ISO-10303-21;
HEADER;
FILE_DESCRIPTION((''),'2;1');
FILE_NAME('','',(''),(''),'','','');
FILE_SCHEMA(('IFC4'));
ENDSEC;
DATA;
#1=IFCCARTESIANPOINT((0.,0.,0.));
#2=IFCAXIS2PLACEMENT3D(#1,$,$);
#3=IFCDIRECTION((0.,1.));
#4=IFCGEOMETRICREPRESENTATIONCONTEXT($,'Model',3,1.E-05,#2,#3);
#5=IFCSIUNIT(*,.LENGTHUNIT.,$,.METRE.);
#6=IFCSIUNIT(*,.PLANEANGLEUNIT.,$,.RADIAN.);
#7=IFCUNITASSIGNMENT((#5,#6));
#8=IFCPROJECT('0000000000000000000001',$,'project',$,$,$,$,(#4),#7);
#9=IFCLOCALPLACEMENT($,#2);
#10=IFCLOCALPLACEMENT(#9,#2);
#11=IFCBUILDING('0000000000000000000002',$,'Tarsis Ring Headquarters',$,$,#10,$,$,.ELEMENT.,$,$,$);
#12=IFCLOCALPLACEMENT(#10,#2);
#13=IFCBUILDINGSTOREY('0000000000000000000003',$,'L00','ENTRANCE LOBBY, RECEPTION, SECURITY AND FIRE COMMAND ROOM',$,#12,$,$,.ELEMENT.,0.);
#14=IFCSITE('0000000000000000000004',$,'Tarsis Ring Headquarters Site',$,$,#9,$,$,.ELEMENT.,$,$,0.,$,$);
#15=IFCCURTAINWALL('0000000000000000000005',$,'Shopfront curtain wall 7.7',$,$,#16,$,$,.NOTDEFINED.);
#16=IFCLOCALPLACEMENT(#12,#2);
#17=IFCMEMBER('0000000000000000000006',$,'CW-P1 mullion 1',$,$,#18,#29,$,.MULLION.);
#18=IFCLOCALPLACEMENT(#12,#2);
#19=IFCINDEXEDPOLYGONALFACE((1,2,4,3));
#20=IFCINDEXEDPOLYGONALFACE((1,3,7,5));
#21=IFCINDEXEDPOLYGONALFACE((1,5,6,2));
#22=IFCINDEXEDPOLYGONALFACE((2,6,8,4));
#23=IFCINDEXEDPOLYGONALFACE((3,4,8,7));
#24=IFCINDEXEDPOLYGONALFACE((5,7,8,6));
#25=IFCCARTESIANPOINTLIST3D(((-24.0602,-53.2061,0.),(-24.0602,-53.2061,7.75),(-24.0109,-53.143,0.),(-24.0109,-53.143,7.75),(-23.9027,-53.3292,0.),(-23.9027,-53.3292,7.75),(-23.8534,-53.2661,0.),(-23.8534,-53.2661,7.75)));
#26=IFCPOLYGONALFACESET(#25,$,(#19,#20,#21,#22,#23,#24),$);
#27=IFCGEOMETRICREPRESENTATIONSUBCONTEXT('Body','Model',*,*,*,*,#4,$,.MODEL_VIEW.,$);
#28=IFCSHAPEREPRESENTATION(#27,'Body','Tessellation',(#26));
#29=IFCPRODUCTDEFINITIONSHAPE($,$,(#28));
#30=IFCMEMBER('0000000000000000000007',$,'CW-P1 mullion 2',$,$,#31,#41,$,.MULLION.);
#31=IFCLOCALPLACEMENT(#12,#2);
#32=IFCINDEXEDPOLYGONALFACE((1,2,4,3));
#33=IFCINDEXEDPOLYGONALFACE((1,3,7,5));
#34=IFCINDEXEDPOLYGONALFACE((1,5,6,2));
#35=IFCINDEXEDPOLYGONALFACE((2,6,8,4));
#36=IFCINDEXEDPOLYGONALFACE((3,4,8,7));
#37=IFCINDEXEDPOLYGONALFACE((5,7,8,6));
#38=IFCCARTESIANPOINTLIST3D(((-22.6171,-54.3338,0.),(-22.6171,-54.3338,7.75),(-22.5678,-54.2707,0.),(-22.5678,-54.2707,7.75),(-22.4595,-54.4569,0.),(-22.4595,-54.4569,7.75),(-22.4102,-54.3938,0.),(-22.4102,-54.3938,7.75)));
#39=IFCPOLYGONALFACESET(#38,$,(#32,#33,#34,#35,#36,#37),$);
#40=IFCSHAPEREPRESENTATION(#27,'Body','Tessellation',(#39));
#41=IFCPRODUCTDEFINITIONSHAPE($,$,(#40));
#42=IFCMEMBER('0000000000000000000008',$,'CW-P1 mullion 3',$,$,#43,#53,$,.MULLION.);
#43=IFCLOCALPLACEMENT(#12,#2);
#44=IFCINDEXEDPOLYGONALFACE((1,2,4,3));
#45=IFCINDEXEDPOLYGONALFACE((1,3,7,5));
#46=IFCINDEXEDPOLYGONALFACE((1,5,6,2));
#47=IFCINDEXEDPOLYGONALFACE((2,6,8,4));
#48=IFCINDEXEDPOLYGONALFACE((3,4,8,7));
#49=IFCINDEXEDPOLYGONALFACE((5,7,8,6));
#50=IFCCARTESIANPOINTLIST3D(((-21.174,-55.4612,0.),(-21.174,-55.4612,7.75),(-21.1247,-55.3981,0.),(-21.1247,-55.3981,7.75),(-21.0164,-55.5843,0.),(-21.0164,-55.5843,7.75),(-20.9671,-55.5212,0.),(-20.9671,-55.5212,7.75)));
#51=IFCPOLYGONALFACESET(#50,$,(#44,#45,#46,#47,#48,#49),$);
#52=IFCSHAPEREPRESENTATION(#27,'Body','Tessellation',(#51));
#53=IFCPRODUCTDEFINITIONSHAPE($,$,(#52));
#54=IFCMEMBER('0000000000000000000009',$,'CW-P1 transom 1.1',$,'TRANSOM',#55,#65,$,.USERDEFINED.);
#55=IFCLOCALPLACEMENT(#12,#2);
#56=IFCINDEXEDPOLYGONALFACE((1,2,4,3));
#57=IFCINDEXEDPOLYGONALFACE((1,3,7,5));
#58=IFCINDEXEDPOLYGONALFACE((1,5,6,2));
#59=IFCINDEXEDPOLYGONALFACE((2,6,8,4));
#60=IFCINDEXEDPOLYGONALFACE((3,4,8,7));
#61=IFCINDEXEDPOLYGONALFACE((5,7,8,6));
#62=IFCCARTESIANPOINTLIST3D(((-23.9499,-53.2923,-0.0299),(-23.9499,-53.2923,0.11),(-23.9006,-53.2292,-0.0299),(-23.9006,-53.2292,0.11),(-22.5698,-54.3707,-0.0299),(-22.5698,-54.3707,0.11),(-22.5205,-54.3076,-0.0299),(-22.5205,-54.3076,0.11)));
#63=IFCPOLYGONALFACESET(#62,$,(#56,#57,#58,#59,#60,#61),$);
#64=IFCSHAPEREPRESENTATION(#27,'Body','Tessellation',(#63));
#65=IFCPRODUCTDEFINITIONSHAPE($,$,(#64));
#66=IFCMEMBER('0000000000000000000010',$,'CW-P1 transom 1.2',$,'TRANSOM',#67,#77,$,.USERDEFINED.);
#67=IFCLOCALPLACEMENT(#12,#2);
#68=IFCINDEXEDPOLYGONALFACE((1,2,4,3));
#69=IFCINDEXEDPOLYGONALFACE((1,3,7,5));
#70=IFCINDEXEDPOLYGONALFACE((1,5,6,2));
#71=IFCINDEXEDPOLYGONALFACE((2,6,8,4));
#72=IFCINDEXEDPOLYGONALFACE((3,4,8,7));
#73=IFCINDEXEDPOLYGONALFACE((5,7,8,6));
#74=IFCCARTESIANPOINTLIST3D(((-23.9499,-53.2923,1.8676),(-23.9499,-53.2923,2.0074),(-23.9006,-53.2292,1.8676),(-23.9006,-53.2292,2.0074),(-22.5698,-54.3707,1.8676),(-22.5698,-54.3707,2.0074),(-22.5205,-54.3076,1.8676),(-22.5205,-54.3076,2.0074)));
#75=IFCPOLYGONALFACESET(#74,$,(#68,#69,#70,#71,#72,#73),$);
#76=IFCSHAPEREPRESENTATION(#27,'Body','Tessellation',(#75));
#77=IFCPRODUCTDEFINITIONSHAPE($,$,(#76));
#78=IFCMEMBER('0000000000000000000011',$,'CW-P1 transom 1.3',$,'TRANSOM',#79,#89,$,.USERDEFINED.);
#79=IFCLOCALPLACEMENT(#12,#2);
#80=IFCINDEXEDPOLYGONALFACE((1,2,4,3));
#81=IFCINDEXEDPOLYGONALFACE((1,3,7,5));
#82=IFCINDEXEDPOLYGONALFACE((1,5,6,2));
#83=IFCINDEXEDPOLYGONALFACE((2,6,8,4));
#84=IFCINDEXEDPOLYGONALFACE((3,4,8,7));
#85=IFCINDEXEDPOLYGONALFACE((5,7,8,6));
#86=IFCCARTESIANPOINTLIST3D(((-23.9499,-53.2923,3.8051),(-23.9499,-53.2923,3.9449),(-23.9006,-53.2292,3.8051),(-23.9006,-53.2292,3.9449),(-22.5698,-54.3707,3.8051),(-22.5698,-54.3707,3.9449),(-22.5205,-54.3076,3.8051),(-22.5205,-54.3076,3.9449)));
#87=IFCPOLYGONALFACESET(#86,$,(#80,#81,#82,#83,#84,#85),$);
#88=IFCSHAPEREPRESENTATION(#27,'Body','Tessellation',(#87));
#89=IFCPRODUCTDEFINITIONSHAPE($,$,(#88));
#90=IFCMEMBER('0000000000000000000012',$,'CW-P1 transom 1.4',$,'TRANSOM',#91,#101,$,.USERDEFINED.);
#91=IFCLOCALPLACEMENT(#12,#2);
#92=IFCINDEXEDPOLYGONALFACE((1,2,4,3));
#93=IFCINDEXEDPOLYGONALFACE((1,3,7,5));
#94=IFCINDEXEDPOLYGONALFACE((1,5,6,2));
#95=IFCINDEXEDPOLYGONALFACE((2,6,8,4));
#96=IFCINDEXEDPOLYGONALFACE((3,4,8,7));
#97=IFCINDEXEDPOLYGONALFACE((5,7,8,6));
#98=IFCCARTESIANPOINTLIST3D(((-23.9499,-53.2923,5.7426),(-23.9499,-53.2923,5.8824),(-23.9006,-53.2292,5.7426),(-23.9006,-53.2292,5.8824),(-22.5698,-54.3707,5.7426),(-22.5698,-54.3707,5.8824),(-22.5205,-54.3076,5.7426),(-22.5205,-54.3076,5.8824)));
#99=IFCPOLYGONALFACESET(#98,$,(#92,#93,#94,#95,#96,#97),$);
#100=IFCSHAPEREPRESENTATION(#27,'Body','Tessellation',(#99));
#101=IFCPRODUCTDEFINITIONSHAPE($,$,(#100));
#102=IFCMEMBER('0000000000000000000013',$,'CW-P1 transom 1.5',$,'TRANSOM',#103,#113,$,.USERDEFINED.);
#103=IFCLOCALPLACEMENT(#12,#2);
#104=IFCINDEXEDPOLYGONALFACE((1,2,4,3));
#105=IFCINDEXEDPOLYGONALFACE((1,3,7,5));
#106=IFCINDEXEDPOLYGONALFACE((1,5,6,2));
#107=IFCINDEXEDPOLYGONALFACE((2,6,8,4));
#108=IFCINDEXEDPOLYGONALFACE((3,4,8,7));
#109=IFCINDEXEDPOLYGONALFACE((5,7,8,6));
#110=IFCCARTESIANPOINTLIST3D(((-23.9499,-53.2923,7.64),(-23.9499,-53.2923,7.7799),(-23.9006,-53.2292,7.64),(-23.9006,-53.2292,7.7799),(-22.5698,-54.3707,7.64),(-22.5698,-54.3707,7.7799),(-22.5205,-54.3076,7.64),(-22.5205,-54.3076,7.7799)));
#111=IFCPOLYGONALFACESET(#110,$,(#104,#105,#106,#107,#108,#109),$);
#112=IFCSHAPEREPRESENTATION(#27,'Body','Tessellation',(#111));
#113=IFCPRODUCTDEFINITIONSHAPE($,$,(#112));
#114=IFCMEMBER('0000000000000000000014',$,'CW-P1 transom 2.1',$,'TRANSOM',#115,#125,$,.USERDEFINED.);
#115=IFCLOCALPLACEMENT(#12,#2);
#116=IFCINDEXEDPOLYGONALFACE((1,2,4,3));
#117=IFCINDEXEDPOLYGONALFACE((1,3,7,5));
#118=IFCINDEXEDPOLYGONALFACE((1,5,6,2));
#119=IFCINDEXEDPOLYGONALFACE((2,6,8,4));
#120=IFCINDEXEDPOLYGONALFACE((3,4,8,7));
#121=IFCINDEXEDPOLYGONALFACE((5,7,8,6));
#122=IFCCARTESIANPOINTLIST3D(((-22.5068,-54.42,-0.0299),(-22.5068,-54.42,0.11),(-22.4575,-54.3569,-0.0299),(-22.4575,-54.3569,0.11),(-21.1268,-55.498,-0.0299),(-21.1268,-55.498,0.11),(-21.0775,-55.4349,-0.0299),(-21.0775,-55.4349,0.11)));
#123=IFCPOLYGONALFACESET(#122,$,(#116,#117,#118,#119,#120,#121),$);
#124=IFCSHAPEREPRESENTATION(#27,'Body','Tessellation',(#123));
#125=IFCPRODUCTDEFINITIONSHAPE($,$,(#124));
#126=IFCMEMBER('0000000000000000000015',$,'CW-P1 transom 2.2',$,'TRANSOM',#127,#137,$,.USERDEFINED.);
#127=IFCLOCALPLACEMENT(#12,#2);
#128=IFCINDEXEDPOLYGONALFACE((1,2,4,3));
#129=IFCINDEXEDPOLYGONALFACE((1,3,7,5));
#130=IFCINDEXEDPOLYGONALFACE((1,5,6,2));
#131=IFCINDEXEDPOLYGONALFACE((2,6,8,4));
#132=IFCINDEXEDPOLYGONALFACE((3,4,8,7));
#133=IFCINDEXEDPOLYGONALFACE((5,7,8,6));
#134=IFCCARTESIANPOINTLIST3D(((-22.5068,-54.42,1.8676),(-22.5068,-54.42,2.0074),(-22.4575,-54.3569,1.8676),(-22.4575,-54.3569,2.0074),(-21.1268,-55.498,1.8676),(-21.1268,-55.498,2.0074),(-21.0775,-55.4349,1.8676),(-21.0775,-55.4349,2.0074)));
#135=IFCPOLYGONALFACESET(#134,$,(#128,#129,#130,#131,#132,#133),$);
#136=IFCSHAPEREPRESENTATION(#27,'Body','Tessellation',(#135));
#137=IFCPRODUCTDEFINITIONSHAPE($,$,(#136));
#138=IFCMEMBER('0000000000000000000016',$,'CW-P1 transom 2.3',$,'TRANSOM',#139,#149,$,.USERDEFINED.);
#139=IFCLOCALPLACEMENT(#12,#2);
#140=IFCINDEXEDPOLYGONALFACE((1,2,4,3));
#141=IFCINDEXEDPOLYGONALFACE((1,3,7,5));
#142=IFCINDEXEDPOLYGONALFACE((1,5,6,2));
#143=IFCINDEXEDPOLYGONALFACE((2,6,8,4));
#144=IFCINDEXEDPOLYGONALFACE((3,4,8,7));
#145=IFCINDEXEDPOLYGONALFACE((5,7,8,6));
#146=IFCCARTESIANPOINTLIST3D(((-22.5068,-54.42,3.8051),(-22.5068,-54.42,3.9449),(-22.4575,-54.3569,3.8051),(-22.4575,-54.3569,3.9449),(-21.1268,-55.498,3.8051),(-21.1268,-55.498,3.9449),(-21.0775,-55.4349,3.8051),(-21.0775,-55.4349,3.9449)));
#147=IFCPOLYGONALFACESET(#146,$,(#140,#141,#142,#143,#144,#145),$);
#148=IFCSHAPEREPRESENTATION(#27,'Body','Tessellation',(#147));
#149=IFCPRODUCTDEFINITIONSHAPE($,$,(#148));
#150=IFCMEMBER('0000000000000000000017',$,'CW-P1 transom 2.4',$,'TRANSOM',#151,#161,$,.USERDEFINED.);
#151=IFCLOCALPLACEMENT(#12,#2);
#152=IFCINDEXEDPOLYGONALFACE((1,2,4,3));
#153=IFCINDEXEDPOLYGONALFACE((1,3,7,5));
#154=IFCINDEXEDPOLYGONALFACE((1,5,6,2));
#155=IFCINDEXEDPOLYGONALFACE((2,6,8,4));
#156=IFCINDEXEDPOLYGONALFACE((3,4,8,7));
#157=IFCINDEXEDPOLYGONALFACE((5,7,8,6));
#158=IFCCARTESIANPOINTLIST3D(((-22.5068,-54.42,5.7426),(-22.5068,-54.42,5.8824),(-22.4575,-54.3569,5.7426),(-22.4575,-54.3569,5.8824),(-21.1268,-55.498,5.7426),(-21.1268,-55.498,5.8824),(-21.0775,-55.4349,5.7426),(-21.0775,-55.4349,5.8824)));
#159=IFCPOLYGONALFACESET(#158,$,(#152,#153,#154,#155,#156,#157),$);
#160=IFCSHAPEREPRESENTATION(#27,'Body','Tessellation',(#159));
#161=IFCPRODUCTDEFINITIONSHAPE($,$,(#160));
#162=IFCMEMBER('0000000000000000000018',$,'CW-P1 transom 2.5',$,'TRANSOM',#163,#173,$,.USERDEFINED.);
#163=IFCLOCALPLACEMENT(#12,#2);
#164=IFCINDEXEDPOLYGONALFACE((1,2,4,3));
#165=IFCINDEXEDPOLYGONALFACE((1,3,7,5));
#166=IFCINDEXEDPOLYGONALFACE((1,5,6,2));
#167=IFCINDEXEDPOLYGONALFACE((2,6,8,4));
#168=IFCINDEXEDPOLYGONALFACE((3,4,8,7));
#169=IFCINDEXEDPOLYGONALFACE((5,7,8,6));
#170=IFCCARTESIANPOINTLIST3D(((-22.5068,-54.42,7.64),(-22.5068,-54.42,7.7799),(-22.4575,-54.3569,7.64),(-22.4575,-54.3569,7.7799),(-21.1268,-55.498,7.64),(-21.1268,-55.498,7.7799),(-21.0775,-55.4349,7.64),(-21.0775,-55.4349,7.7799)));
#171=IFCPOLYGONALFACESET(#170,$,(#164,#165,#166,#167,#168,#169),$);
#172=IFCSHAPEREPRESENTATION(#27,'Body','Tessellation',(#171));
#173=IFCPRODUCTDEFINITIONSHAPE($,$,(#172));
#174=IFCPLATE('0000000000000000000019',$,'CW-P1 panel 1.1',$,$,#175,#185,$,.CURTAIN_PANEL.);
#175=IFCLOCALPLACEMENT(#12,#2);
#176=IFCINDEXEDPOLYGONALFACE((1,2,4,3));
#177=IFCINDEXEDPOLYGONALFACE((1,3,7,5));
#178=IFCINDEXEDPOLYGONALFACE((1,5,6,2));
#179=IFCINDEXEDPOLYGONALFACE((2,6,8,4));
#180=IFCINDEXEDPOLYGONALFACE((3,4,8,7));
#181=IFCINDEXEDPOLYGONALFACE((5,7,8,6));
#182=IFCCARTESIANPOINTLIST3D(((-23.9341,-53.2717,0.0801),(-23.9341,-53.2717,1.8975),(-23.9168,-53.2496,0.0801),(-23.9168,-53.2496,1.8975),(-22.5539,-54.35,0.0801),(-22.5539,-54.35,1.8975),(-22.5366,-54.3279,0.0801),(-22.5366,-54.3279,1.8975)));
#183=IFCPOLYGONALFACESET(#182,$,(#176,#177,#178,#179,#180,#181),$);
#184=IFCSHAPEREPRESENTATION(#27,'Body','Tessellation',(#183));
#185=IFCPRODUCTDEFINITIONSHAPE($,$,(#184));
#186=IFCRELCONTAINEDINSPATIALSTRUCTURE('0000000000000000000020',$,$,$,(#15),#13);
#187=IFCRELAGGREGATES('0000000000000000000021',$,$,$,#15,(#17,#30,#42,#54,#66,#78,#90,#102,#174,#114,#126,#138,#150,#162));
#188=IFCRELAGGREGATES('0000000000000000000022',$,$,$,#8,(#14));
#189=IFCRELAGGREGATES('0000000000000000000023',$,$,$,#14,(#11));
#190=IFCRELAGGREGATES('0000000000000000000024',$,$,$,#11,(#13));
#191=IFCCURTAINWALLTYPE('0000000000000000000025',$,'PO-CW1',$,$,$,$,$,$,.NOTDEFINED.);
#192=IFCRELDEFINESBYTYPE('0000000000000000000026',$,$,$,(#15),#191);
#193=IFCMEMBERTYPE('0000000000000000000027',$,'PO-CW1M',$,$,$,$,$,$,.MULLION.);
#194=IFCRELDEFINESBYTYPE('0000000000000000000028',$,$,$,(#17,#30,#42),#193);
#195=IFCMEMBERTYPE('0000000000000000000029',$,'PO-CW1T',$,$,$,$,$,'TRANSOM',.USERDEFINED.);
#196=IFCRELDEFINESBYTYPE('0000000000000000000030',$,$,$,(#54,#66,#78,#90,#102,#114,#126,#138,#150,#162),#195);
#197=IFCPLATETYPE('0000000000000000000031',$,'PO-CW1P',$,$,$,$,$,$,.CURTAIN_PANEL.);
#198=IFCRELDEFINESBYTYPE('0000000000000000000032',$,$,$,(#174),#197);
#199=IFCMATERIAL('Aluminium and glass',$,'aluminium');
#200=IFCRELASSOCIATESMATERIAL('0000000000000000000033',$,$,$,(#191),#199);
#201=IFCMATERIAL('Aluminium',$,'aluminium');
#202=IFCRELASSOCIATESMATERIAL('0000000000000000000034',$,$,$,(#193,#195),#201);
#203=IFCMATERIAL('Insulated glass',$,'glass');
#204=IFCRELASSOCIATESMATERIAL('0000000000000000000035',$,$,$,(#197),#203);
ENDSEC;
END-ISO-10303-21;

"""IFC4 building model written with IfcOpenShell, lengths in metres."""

from ifc_helpers import new_model, si_unit, direction, frame, origin, origin_2d, place, context, subcontext, project, spatial, rectangle, extrude, material, material_profile, profile_set, type_object, element, aggregate, save


model = new_model("IFC4")

# Units and contexts
model_context = context("Model", 3, precision=1e-05, world=origin(), true_north=direction((0.0, 1.0)))
body_context = subcontext(model_context, "Body", "Model", "MODEL_VIEW")
ifc_project = project(units=[si_unit("LENGTHUNIT", "METRE"), si_unit("PLANEANGLEUNIT", "RADIAN")], contexts=[model_context])

# Site, building, storey
site_placement = place(None, origin())
site = spatial("IfcSite", under=ifc_project, at=site_placement, Name="Tarsis Ring Headquarters Site", CompositionType="ELEMENT", RefElevation=0.0)
building_placement = place(site_placement, origin())
building = spatial("IfcBuilding", under=site, at=building_placement, Name="Tarsis Ring Headquarters", CompositionType="ELEMENT")
storey_placement = place(building_placement, origin())
storey = spatial("IfcBuildingStorey", under=building, at=storey_placement, Name="L00", Description="ENTRANCE LOBBY, RECEPTION, SECURITY AND FIRE COMMAND ROOM", CompositionType="ELEMENT", Elevation=0.0)

# Curtain wall, members, plate
ifc_material_1 = material(Name="Aluminium and glass", Category="aluminium")
curtain_wall_type = type_object("IfcCurtainWallType", Name="PO-CW1", PredefinedType="NOTDEFINED", material=ifc_material_1)
curtain_wall_placement = place(storey_placement, origin())
curtain_wall = element("IfcCurtainWall", 1, at=curtain_wall_placement, inside=storey, type_object=curtain_wall_type, Name="Shopfront curtain wall 7.7", PredefinedType="NOTDEFINED")
ifc_material_2 = material(Name="Aluminium", Category="aluminium")
ifc_material_profile_1 = material_profile(ifc_material_2, rectangle(XDim=0.0801, YDim=0.2, at=origin_2d()), Name="PO-CW1M")
ifc_profile_set_1 = profile_set([ifc_material_profile_1], Name="Aluminium")
member_type_1 = type_object("IfcMemberType", Name="PO-CW1M", PredefinedType="MULLION", material=ifc_profile_set_1)
member_1_placement = place(storey_placement, frame((-23.9568, -53.2361, 0.0), z_axis=(0.0, 0.0, 1.0), x_axis=(0.615661, 0.788011, 0.0)))
member_1 = element("IfcMember", 2, at=member_1_placement, type_object=member_type_1, Name="CW-P1 mullion 1", PredefinedType="MULLION", context=body_context, shape_type="SweptSolid", body=[
    extrude(rectangle(XDim=0.0801, YDim=0.2, at=origin_2d()), origin(), (0.0, 0.0, 1.0), 7.75),
])
member_2_placement = place(storey_placement, frame((-22.5137, -54.3638, 0.0), z_axis=(0.0, 0.0, 1.0), x_axis=(0.615661, 0.788011, 0.0)))
member_2 = element("IfcMember", 3, at=member_2_placement, type_object=member_type_1, Name="CW-P1 mullion 2", PredefinedType="MULLION", context=body_context, shape_type="SweptSolid", body=[
    extrude(rectangle(XDim=0.0801, YDim=0.2, at=origin_2d()), origin(), (0.0, 0.0, 1.0), 7.75),
])
member_3_placement = place(storey_placement, frame((-21.0706, -55.4912, 0.0), z_axis=(0.0, 0.0, 1.0), x_axis=(0.615661, 0.788011, 0.0)))
member_3 = element("IfcMember", 4, at=member_3_placement, type_object=member_type_1, Name="CW-P1 mullion 3", PredefinedType="MULLION", context=body_context, shape_type="SweptSolid", body=[
    extrude(rectangle(XDim=0.0801, YDim=0.2, at=origin_2d()), origin(), (0.0, 0.0, 1.0), 7.75),
])
ifc_material_profile_2 = material_profile(ifc_material_2, rectangle(XDim=0.0801, YDim=0.1399, at=origin_2d()), Name="PO-CW1T")
ifc_profile_set_2 = profile_set([ifc_material_profile_2], Name="Aluminium")
member_type_2 = type_object("IfcMemberType", Name="PO-CW1T", ElementType="TRANSOM", PredefinedType="USERDEFINED", material=ifc_profile_set_2)
member_4_placement = place(storey_placement, frame((-23.9253, -53.2607, 0.04), z_axis=(0.787984, -0.615695, 0.0), x_axis=(0.615695, 0.787984, 0.0)))
member_4 = element("IfcMember", 5, at=member_4_placement, type_object=member_type_2, Name="CW-P1 transom 1.1", ObjectType="TRANSOM", PredefinedType="USERDEFINED", context=body_context, shape_type="SweptSolid", body=[
    extrude(rectangle(XDim=0.0801, YDim=0.1399, at=origin_2d()), origin(), (0.0, 0.0, 1.0), 1.7515),
])
member_5_placement = place(storey_placement, frame((-23.9253, -53.2607, 1.9375), z_axis=(0.787984, -0.615695, 0.0), x_axis=(0.615695, 0.787984, 0.0)))
member_5 = element("IfcMember", 6, at=member_5_placement, type_object=member_type_2, Name="CW-P1 transom 1.2", ObjectType="TRANSOM", PredefinedType="USERDEFINED", context=body_context, shape_type="SweptSolid", body=[
    extrude(rectangle(XDim=0.0801, YDim=0.1399, at=origin_2d()), origin(), (0.0, 0.0, 1.0), 1.7515),
])
member_6_placement = place(storey_placement, frame((-23.9253, -53.2607, 3.875), z_axis=(0.787984, -0.615695, 0.0), x_axis=(0.615695, 0.787984, 0.0)))
member_6 = element("IfcMember", 7, at=member_6_placement, type_object=member_type_2, Name="CW-P1 transom 1.3", ObjectType="TRANSOM", PredefinedType="USERDEFINED", context=body_context, shape_type="SweptSolid", body=[
    extrude(rectangle(XDim=0.0801, YDim=0.1399, at=origin_2d()), origin(), (0.0, 0.0, 1.0), 1.7515),
])
member_7_placement = place(storey_placement, frame((-23.9253, -53.2607, 5.8125), z_axis=(0.787984, -0.615695, 0.0), x_axis=(0.615695, 0.787984, 0.0)))
member_7 = element("IfcMember", 8, at=member_7_placement, type_object=member_type_2, Name="CW-P1 transom 1.4", ObjectType="TRANSOM", PredefinedType="USERDEFINED", context=body_context, shape_type="SweptSolid", body=[
    extrude(rectangle(XDim=0.0801, YDim=0.1399, at=origin_2d()), origin(), (0.0, 0.0, 1.0), 1.7515),
])
member_8_placement = place(storey_placement, frame((-23.9253, -53.2607, 7.71), z_axis=(0.787984, -0.615695, 0.0), x_axis=(0.615695, 0.787984, 0.0)))
member_8 = element("IfcMember", 9, at=member_8_placement, type_object=member_type_2, Name="CW-P1 transom 1.5", ObjectType="TRANSOM", PredefinedType="USERDEFINED", context=body_context, shape_type="SweptSolid", body=[
    extrude(rectangle(XDim=0.0801, YDim=0.1399, at=origin_2d()), origin(), (0.0, 0.0, 1.0), 1.7515),
])
member_9_placement = place(storey_placement, frame((-22.4822, -54.3884, 0.04), z_axis=(0.788052, -0.615609, 0.0), x_axis=(0.615609, 0.788052, 0.0)))
member_9 = element("IfcMember", 10, at=member_9_placement, type_object=member_type_2, Name="CW-P1 transom 2.1", ObjectType="TRANSOM", PredefinedType="USERDEFINED", context=body_context, shape_type="SweptSolid", body=[
    extrude(rectangle(XDim=0.0801, YDim=0.1399, at=origin_2d()), origin(), (0.0, 0.0, 1.0), 1.7512),
])
member_10_placement = place(storey_placement, frame((-22.4822, -54.3884, 1.9375), z_axis=(0.788052, -0.615609, 0.0), x_axis=(0.615609, 0.788052, 0.0)))
member_10 = element("IfcMember", 11, at=member_10_placement, type_object=member_type_2, Name="CW-P1 transom 2.2", ObjectType="TRANSOM", PredefinedType="USERDEFINED", context=body_context, shape_type="SweptSolid", body=[
    extrude(rectangle(XDim=0.0801, YDim=0.1399, at=origin_2d()), origin(), (0.0, 0.0, 1.0), 1.7512),
])
member_11_placement = place(storey_placement, frame((-22.4822, -54.3884, 3.875), z_axis=(0.788052, -0.615609, 0.0), x_axis=(0.615609, 0.788052, 0.0)))
member_11 = element("IfcMember", 12, at=member_11_placement, type_object=member_type_2, Name="CW-P1 transom 2.3", ObjectType="TRANSOM", PredefinedType="USERDEFINED", context=body_context, shape_type="SweptSolid", body=[
    extrude(rectangle(XDim=0.0801, YDim=0.1399, at=origin_2d()), origin(), (0.0, 0.0, 1.0), 1.7512),
])
member_12_placement = place(storey_placement, frame((-22.4822, -54.3884, 5.8125), z_axis=(0.788052, -0.615609, 0.0), x_axis=(0.615609, 0.788052, 0.0)))
member_12 = element("IfcMember", 13, at=member_12_placement, type_object=member_type_2, Name="CW-P1 transom 2.4", ObjectType="TRANSOM", PredefinedType="USERDEFINED", context=body_context, shape_type="SweptSolid", body=[
    extrude(rectangle(XDim=0.0801, YDim=0.1399, at=origin_2d()), origin(), (0.0, 0.0, 1.0), 1.7512),
])
member_13_placement = place(storey_placement, frame((-22.4822, -54.3884, 7.71), z_axis=(0.788052, -0.615609, 0.0), x_axis=(0.615609, 0.788052, 0.0)))
member_13 = element("IfcMember", 14, at=member_13_placement, type_object=member_type_2, Name="CW-P1 transom 2.5", ObjectType="TRANSOM", PredefinedType="USERDEFINED", context=body_context, shape_type="SweptSolid", body=[
    extrude(rectangle(XDim=0.0801, YDim=0.1399, at=origin_2d()), origin(), (0.0, 0.0, 1.0), 1.7512),
])
ifc_material_3 = material(Name="Insulated glass", Category="glass")
plate_type = type_object("IfcPlateType", Name="PO-CW1P", PredefinedType="CURTAIN_PANEL", material=ifc_material_3)
plate_1_placement = place(storey_placement, frame((-23.2354, -53.7998, 0.0801), z_axis=(0.0, 0.0, 1.0), x_axis=(0.788011, -0.615661, 0.0)))
plate_1 = element("IfcPlate", 15, at=plate_1_placement, type_object=plate_type, Name="CW-P1 panel 1.1", PredefinedType="CURTAIN_PANEL", context=body_context, shape_type="SweptSolid", body=[
    extrude(rectangle(XDim=1.7515, YDim=0.0281, at=origin_2d()), origin(), (0.0, 0.0, 1.0), 1.8174),
])
aggregate(curtain_wall, [member_1, member_2, member_3, member_4, member_5, member_6, member_7, member_8, plate_1, member_9, member_10, member_11, member_12, member_13])

save(model, "model.ifc")
